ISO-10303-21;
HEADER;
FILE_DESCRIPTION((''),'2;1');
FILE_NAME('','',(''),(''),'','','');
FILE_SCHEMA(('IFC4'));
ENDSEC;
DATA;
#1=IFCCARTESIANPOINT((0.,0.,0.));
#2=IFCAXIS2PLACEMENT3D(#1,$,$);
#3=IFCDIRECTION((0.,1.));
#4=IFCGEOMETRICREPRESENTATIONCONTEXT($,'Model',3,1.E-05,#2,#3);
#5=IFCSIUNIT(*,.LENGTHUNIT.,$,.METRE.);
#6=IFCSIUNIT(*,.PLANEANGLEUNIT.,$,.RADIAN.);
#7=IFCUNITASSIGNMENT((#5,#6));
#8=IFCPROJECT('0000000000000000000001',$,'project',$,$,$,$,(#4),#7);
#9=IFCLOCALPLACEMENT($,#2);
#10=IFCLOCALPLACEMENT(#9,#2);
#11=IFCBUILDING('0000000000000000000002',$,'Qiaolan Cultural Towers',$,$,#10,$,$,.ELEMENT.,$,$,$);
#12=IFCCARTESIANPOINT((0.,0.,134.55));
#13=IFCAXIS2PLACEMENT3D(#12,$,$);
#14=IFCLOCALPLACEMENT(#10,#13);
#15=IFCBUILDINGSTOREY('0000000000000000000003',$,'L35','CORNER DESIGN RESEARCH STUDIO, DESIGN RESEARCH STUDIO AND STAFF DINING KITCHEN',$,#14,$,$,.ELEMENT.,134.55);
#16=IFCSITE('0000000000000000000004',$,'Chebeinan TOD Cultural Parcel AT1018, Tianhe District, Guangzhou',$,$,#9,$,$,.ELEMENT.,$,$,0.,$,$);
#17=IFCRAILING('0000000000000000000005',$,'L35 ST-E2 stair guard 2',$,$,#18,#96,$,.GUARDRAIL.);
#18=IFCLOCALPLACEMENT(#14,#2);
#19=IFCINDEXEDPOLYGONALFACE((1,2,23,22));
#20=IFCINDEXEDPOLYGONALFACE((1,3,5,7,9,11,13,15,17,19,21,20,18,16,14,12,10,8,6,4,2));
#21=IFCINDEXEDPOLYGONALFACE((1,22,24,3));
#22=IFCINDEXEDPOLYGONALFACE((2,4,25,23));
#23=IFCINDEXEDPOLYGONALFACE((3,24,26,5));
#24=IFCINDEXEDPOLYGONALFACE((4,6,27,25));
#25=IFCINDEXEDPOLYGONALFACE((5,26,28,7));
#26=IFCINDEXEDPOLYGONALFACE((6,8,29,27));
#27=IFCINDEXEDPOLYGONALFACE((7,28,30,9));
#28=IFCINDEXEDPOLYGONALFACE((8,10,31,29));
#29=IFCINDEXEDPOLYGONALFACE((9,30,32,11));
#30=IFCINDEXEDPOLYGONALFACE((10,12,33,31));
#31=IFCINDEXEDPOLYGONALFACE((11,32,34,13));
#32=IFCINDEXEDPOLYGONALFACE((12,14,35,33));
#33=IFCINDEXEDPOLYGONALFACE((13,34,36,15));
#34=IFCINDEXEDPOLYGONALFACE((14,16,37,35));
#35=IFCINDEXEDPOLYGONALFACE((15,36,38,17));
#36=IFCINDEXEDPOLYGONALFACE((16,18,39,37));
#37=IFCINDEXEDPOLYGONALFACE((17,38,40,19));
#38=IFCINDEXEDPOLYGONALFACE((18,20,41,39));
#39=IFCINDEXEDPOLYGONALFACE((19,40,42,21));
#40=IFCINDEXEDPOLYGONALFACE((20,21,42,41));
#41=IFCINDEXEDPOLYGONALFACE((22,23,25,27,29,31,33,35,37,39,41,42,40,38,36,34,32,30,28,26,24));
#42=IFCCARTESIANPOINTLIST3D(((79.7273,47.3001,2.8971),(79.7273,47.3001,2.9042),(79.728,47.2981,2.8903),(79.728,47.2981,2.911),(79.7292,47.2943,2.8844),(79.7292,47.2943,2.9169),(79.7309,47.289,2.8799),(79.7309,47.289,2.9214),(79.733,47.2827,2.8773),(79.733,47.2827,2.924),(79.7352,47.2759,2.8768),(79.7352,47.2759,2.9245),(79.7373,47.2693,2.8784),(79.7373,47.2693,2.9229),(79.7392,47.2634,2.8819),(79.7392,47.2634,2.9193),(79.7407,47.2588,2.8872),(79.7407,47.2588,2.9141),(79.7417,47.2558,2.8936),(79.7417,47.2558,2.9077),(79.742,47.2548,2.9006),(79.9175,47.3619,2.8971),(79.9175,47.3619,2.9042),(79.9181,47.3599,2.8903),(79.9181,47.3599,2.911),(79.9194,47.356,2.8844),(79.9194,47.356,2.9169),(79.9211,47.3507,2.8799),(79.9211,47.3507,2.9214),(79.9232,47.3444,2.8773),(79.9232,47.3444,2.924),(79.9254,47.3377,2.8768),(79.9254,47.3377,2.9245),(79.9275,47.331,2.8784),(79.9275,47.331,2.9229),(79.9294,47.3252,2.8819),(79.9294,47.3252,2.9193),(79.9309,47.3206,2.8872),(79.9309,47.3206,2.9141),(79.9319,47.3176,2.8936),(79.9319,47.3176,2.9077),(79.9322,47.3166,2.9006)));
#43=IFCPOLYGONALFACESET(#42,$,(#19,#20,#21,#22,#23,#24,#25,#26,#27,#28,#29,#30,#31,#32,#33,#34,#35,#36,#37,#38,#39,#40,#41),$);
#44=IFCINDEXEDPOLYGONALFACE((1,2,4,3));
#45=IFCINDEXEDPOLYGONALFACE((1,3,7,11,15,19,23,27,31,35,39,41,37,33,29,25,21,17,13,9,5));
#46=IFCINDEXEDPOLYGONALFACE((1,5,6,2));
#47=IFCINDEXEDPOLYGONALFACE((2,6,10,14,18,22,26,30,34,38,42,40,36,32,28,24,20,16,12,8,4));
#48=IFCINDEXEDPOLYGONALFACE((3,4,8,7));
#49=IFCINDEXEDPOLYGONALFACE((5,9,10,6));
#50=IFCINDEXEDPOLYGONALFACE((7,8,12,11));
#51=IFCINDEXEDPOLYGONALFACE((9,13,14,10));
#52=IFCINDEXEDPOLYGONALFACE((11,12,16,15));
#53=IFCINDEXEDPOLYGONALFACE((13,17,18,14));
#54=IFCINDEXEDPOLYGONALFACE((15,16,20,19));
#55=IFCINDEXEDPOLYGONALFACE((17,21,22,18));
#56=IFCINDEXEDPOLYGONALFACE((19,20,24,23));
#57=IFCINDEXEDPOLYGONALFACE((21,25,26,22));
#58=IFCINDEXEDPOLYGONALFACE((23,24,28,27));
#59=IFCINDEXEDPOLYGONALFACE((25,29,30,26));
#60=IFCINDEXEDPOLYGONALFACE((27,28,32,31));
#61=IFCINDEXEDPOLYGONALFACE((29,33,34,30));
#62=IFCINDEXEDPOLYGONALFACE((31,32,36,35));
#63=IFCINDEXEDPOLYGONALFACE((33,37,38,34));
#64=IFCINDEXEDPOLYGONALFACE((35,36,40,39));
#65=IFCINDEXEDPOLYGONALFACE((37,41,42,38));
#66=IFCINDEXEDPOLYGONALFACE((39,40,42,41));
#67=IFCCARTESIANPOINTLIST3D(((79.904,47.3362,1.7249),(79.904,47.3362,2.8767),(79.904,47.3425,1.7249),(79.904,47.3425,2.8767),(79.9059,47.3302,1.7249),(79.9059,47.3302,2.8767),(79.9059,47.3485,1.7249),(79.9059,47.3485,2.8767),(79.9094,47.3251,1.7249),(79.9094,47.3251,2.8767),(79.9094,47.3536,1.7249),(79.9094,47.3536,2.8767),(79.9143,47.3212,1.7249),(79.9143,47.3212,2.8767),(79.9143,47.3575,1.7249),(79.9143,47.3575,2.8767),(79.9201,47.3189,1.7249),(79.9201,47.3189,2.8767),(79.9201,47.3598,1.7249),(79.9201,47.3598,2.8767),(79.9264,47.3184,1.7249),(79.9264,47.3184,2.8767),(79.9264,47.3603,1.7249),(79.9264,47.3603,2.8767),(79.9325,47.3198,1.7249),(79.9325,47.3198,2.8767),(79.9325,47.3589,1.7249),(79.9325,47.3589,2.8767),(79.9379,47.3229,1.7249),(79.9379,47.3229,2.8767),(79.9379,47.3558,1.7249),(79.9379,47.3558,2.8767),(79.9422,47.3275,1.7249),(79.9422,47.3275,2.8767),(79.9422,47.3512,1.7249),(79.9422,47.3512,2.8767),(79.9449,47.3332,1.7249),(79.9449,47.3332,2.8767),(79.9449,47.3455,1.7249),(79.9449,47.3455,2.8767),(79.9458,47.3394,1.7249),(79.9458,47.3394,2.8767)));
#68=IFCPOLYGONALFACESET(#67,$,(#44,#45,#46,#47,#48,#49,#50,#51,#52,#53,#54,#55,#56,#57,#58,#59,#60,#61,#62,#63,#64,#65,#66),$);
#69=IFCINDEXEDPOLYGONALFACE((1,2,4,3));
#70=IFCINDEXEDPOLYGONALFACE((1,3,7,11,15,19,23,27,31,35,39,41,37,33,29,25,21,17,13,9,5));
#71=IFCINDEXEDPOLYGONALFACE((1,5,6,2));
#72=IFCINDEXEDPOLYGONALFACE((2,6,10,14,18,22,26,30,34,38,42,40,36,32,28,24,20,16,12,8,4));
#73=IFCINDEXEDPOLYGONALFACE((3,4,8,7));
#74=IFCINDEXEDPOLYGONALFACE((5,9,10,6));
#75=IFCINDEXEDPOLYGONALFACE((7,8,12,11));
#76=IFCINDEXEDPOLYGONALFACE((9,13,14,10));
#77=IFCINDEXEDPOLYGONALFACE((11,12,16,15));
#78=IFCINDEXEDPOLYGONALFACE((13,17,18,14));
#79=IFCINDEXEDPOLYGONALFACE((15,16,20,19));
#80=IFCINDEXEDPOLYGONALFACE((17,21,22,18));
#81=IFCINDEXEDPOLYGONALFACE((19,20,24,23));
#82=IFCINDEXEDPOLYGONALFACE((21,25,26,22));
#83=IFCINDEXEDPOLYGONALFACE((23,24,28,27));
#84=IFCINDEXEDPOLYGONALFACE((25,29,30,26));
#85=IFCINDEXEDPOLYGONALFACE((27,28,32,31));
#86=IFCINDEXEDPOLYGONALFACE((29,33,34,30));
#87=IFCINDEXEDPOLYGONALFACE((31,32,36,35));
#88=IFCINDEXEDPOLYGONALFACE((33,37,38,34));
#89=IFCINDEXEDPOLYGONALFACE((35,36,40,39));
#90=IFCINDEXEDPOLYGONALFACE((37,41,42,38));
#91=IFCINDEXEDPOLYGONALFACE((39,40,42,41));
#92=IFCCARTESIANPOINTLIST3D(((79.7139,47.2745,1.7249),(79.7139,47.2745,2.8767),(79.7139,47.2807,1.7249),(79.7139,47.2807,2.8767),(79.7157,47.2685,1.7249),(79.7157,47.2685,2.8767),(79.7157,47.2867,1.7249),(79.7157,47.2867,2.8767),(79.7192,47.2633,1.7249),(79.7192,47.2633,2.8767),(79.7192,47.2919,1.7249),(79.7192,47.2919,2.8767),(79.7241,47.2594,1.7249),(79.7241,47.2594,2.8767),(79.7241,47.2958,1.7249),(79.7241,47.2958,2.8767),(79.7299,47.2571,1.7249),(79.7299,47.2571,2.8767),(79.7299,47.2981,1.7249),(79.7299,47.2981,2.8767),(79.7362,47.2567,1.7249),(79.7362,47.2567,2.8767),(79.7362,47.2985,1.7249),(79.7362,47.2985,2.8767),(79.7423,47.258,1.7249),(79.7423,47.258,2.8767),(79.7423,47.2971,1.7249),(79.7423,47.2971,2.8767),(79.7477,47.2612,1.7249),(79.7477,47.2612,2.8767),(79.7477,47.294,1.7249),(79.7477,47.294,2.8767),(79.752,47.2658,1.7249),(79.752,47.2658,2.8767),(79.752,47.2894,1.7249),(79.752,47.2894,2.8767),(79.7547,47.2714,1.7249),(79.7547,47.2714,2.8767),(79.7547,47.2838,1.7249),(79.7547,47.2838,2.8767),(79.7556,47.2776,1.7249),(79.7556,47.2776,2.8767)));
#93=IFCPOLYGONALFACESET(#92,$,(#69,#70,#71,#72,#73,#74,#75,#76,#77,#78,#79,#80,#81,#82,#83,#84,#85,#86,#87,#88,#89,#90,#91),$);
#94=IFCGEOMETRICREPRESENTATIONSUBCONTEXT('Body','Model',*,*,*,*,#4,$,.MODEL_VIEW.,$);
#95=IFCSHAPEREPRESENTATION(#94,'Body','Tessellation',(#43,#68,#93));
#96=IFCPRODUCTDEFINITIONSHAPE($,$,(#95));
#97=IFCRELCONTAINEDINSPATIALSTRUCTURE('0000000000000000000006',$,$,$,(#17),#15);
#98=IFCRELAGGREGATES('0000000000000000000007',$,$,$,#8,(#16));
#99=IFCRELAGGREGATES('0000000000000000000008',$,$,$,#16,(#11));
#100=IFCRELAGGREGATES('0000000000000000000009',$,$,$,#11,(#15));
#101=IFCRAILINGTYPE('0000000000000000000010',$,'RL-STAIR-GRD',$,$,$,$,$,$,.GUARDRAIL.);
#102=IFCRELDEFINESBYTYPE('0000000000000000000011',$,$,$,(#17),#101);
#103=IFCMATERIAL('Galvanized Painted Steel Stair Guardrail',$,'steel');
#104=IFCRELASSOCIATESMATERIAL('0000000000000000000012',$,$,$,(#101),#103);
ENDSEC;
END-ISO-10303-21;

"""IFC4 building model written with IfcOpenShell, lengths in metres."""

from ifc_helpers import new_model, si_unit, direction, frame, origin, origin_2d, place, context, subcontext, project, spatial, circle, extrude, material, type_object, element, save


model = new_model("IFC4")

# Units and contexts
model_context = context("Model", 3, precision=1e-05, world=origin(), true_north=direction((0.0, 1.0)))
body_context = subcontext(model_context, "Body", "Model", "MODEL_VIEW")
ifc_project = project(units=[si_unit("LENGTHUNIT", "METRE"), si_unit("PLANEANGLEUNIT", "RADIAN")], contexts=[model_context])

# Site, building, storey
site_placement = place(None, origin())
site = spatial("IfcSite", under=ifc_project, at=site_placement, Name="Chebeinan TOD Cultural Parcel AT1018, Tianhe District, Guangzhou", CompositionType="ELEMENT", RefElevation=0.0)
building_placement = place(site_placement, origin())
building = spatial("IfcBuilding", under=site, at=building_placement, Name="Qiaolan Cultural Towers", CompositionType="ELEMENT")
storey_placement = place(building_placement, frame((0.0, 0.0, 134.55)))
storey = spatial("IfcBuildingStorey", under=building, at=storey_placement, Name="L35", Description="CORNER DESIGN RESEARCH STUDIO, DESIGN RESEARCH STUDIO AND STAFF DINING KITCHEN", CompositionType="ELEMENT", Elevation=134.55)

# Railing
ifc_material_1 = material(Name="Galvanized Painted Steel Stair Guardrail", Category="steel")
railing_type_1 = type_object("IfcRailingType", Name="RL-STAIR-GRD", PredefinedType="GUARDRAIL", material=ifc_material_1)
railing_1_placement = place(storey_placement, frame((79.9248, 47.3394, 1.7249)))
element("IfcRailing", 1, at=railing_1_placement, inside=storey, type_object=railing_type_1, Name="L35 ST-E2 stair guard 2", PredefinedType="GUARDRAIL", context=body_context, shape_type="SweptSolid", body=[
    extrude(circle(Radius=0.0239, at=origin_2d()), frame((0.0, 0.0, 1.1758), z_axis=(-0.951097, -0.308893, 0.0), x_axis=(0.308893, -0.951097, 0.0)), (0.0, 0.0, 1.0), 0.2),
    extrude(circle(Radius=0.021, at=origin_2d()), origin(), (0.0, 0.0, 1.0), 1.1519),
    extrude(circle(Radius=0.021, at=origin_2d()), frame((-0.1902, -0.0618, 0.0)), (0.0, 0.0, 1.0), 1.1519),
])

save(model, "model.ifc")
